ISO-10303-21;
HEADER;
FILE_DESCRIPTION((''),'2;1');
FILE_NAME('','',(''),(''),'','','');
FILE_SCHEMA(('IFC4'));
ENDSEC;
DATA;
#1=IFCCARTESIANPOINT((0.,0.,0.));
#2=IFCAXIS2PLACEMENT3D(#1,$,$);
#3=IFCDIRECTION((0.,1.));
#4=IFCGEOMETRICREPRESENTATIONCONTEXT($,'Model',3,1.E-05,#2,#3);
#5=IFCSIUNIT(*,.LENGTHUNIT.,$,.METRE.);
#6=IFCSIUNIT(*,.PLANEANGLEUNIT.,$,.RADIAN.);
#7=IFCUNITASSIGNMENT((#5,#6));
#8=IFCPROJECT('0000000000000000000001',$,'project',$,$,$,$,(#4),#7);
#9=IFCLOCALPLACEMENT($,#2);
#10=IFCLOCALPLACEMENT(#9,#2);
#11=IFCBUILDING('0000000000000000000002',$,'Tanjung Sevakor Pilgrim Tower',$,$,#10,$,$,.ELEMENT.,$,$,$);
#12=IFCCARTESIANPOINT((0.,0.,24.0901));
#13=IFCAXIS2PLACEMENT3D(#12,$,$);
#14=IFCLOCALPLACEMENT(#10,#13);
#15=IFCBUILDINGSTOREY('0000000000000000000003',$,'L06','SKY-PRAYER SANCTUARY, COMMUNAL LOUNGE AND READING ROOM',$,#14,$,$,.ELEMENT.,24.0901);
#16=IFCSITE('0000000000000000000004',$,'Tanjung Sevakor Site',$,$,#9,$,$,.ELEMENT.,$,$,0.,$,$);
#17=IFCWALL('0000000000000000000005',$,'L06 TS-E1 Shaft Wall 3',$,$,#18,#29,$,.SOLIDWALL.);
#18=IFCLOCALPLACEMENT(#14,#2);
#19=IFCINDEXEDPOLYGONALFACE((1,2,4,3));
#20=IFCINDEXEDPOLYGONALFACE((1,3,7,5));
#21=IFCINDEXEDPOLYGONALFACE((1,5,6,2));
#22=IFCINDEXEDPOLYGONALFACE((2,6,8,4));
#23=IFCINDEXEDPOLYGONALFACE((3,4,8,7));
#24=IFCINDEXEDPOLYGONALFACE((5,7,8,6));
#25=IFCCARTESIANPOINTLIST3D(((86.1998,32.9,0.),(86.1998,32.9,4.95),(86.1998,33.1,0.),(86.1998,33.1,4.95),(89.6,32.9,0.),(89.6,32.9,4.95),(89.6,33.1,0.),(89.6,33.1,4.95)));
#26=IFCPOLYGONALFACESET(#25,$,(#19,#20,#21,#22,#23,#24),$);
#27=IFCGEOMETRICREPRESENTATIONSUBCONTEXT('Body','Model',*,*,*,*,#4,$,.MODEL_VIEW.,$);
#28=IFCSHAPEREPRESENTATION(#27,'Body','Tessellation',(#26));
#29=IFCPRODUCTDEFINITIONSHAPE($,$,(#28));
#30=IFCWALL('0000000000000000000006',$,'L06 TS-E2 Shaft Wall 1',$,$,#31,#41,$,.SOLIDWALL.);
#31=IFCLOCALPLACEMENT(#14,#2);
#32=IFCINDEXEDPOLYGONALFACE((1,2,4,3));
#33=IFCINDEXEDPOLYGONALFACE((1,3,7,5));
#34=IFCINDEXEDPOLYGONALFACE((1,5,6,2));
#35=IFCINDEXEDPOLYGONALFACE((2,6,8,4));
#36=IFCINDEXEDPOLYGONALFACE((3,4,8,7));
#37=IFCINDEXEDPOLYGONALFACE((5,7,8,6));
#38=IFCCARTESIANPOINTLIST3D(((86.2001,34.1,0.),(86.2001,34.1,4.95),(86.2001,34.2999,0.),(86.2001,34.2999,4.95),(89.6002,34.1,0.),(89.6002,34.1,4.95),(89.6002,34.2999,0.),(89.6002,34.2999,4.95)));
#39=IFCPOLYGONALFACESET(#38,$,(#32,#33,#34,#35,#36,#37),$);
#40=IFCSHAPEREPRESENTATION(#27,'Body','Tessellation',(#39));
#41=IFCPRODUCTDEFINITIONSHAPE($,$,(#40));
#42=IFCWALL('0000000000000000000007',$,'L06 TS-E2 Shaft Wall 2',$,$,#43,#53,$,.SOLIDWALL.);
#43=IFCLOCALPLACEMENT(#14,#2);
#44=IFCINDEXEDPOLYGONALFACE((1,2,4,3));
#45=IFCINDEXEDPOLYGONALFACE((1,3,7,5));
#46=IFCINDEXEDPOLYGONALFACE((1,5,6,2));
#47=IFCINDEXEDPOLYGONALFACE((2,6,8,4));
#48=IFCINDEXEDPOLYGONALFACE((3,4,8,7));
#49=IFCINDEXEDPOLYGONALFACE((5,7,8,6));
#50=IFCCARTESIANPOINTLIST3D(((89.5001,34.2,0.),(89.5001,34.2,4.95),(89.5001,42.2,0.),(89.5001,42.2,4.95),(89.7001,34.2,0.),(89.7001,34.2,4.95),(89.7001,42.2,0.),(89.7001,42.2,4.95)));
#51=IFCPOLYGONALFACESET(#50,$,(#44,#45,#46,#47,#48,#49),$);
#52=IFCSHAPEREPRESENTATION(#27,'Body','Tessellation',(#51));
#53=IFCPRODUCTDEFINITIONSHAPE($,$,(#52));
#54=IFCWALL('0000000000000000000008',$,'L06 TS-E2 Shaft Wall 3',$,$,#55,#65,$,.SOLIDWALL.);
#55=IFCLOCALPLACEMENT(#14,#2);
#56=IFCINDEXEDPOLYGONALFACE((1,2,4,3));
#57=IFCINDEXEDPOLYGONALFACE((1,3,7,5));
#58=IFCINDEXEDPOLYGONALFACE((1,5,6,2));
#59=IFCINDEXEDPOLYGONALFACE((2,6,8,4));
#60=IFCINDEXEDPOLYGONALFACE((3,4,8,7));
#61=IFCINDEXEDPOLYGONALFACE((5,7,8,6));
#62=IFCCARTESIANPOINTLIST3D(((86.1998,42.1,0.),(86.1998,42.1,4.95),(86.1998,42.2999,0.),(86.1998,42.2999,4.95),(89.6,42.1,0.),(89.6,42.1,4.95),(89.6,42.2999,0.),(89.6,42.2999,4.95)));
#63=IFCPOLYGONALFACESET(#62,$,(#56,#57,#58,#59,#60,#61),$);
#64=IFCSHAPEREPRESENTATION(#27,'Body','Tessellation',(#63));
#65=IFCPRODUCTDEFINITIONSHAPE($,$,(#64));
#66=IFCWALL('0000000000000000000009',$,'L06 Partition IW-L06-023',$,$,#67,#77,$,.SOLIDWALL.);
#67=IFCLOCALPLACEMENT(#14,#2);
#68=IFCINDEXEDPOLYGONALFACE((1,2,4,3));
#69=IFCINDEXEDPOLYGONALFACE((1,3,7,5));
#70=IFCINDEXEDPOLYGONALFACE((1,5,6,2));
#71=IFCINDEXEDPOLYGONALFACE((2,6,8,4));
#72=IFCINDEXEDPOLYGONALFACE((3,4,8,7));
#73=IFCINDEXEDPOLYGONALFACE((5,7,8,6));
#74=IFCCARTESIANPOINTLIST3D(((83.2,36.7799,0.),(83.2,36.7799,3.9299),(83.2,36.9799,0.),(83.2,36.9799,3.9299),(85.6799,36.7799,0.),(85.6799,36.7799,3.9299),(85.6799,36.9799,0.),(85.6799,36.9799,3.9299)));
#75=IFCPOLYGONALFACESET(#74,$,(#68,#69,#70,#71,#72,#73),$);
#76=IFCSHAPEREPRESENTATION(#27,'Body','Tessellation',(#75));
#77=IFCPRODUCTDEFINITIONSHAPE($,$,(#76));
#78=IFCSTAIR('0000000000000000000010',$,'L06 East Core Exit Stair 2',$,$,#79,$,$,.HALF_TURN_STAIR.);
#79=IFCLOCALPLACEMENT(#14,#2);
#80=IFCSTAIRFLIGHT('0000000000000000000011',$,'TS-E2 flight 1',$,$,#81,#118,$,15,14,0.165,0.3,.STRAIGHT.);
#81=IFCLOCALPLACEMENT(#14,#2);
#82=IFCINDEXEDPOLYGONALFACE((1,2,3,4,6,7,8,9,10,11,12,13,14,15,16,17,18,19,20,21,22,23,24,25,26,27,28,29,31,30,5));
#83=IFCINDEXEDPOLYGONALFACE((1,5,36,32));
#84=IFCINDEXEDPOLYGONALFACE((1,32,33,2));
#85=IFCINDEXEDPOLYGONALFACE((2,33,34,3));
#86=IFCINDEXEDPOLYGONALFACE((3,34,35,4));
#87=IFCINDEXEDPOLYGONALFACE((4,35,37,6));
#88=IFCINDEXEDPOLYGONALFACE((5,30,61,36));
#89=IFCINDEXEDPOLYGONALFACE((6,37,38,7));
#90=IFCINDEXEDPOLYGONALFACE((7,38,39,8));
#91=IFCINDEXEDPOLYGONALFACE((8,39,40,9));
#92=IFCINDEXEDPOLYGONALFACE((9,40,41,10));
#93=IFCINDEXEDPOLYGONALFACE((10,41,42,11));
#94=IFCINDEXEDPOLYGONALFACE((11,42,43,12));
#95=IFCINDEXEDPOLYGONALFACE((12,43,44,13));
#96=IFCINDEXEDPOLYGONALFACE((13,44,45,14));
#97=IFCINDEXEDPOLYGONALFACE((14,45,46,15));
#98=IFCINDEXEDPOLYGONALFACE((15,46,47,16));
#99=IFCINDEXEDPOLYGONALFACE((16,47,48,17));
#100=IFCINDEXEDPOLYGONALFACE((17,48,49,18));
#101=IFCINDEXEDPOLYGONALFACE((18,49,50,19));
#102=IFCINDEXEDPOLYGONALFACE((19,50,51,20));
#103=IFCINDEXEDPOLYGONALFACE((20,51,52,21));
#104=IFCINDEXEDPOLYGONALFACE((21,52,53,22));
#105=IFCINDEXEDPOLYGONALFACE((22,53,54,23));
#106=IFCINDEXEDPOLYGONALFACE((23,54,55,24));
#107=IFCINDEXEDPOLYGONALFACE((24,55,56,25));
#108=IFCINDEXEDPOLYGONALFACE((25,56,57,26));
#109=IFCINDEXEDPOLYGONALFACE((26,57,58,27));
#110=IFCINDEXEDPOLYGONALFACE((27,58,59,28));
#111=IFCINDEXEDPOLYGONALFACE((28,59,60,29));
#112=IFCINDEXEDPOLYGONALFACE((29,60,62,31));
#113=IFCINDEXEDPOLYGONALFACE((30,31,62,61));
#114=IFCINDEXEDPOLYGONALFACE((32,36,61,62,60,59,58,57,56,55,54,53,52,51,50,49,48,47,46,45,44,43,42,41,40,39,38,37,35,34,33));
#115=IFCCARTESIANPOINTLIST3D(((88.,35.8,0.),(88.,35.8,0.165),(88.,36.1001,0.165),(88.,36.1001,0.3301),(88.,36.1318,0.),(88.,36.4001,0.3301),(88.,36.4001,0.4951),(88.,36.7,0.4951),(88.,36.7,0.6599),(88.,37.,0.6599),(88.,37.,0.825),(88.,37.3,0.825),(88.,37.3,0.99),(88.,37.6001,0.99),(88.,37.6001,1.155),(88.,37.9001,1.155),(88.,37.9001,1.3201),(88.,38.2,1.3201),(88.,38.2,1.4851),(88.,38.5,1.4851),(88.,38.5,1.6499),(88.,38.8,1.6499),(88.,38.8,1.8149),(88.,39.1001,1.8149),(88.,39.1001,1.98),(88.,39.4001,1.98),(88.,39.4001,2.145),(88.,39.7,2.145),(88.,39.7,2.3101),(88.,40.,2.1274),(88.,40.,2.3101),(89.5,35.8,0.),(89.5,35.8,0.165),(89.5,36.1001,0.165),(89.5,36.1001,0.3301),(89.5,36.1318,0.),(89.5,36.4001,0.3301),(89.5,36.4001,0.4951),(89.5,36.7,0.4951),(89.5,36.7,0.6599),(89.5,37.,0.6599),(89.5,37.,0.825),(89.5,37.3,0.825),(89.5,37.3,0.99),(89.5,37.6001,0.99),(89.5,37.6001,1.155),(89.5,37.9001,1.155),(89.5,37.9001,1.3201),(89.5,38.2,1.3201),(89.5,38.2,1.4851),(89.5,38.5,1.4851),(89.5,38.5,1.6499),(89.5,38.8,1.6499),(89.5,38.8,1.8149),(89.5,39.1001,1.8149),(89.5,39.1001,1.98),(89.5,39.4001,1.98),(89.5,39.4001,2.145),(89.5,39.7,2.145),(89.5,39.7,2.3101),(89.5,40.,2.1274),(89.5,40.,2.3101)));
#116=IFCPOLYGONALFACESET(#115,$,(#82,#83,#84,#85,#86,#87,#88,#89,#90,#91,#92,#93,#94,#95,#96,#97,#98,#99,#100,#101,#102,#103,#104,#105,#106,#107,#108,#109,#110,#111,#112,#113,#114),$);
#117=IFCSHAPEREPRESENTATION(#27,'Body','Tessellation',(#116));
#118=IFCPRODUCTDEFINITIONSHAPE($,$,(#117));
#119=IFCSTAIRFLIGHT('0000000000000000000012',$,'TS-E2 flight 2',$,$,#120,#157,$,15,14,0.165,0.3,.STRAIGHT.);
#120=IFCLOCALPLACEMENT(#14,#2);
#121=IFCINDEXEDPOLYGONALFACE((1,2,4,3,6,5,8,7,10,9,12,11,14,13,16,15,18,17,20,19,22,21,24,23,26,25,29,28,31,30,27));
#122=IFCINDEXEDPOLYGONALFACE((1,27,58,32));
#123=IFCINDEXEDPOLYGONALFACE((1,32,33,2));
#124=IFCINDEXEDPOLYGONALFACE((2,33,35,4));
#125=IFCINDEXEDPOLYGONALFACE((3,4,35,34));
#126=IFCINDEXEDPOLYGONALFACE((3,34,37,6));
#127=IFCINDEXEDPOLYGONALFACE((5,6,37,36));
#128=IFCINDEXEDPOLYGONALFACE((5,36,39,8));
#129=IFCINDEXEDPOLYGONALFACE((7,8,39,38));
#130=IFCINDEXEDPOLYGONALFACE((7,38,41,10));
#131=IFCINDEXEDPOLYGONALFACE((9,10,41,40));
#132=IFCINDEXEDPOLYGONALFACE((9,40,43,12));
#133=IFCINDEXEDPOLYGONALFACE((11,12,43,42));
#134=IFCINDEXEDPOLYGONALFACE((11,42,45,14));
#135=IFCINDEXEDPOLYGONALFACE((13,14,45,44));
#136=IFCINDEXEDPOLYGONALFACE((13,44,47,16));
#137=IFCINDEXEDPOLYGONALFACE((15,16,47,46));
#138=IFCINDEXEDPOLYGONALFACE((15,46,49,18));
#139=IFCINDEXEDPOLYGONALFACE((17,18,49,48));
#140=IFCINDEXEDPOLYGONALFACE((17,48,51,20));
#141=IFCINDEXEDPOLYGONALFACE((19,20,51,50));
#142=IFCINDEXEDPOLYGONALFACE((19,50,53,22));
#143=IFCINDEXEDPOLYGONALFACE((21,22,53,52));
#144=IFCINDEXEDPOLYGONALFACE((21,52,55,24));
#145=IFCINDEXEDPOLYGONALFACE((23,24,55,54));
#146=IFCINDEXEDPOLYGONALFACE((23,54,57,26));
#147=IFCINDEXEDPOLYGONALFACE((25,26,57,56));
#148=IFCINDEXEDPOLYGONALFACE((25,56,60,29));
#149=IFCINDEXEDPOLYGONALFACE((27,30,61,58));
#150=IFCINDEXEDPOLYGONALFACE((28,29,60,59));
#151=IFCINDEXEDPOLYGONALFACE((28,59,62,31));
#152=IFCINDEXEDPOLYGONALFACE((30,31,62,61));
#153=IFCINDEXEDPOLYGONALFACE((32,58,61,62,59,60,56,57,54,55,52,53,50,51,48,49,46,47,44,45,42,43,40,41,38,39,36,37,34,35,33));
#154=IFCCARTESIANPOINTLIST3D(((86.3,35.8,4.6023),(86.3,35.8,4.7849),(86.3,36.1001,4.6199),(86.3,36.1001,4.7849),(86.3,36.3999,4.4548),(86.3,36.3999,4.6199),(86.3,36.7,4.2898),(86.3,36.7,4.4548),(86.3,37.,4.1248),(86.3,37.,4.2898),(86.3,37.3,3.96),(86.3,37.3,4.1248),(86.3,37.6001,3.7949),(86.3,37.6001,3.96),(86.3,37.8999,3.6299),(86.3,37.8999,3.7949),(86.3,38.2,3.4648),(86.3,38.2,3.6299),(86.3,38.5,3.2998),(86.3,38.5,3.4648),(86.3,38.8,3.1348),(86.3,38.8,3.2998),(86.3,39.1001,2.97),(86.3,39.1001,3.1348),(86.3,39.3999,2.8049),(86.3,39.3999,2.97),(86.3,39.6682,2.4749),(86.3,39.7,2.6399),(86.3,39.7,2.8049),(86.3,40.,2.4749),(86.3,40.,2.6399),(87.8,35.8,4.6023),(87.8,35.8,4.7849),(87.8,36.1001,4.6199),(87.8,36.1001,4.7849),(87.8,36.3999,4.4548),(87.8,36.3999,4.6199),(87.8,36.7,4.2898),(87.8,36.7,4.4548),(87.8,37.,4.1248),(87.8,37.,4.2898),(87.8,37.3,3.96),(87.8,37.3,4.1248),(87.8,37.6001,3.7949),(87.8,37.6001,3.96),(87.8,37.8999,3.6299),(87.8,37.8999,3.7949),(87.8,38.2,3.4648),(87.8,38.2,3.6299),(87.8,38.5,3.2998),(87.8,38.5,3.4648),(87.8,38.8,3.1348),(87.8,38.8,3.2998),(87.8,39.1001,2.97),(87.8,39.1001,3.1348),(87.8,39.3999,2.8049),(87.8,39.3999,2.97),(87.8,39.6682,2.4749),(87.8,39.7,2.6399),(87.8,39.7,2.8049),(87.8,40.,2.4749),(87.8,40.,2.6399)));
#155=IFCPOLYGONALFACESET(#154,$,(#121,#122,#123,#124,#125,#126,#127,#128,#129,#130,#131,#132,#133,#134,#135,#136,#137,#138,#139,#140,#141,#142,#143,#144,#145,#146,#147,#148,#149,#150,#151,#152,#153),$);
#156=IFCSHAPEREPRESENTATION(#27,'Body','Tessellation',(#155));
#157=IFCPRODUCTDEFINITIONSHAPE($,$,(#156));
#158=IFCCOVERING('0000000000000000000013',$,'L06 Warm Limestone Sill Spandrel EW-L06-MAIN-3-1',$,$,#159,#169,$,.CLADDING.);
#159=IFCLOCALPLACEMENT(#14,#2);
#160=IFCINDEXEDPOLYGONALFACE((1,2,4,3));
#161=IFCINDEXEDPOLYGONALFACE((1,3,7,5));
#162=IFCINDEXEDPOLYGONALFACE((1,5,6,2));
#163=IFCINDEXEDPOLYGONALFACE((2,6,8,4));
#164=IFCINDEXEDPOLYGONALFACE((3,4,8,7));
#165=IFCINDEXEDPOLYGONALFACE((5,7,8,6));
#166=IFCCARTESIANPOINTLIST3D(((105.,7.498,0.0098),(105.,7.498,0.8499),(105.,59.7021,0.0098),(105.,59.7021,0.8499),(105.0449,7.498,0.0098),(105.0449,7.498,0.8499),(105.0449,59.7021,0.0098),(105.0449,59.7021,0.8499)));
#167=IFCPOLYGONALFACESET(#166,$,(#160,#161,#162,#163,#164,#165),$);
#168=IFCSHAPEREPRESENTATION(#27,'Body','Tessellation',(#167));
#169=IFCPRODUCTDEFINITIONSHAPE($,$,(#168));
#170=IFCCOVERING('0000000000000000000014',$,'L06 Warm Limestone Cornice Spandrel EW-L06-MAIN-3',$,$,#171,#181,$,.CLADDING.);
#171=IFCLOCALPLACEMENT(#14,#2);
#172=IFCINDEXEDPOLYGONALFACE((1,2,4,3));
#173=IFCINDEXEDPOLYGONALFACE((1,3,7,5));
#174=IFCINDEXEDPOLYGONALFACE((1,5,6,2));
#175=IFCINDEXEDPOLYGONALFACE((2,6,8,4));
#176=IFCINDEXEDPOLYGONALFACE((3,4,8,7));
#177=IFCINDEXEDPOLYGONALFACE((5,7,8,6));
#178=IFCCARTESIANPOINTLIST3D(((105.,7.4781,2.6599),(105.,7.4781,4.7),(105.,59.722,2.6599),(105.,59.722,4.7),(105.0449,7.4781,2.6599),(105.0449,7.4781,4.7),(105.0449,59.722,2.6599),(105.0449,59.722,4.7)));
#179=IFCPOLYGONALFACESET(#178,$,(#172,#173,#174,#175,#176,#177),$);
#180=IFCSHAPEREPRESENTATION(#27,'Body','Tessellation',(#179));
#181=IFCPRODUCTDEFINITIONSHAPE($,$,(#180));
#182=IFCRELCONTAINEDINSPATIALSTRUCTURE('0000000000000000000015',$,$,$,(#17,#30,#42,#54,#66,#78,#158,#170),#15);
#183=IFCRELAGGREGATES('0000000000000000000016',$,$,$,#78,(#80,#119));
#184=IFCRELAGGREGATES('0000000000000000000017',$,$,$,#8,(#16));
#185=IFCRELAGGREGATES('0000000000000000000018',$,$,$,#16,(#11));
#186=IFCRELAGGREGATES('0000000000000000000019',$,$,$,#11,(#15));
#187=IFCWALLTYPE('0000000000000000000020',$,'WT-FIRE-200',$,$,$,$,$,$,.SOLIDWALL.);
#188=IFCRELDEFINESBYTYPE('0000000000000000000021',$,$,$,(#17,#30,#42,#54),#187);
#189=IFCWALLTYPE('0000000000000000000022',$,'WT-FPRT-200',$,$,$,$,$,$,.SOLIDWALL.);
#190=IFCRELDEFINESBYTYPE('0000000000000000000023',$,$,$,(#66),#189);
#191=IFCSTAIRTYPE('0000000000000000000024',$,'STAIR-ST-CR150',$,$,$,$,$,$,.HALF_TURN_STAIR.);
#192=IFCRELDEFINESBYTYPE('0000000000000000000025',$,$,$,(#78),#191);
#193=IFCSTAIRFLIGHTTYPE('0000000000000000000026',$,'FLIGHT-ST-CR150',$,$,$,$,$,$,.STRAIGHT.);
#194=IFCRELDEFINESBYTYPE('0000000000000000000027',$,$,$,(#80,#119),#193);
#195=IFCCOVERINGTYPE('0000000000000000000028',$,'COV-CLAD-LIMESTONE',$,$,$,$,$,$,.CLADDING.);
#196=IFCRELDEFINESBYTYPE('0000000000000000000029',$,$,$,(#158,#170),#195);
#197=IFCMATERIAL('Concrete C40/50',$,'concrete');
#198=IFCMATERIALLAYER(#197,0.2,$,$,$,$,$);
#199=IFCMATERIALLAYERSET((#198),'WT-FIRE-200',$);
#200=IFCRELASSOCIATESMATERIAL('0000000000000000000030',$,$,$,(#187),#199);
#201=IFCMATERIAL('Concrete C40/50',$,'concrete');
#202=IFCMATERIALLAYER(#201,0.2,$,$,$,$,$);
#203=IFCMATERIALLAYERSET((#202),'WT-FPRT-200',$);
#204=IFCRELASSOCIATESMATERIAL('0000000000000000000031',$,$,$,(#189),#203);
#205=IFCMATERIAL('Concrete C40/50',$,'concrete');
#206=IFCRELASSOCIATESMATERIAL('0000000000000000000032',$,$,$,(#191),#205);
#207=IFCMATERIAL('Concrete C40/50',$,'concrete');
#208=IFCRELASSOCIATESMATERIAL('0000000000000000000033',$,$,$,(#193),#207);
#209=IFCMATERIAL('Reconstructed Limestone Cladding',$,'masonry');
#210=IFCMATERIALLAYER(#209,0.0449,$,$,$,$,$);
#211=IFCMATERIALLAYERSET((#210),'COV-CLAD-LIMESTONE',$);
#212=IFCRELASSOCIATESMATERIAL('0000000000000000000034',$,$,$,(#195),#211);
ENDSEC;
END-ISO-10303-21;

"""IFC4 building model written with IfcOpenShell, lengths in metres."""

from ifc_helpers import new_model, si_unit, direction, frame, frame_2d, origin, origin_2d, place, context, subcontext, project, spatial, polyline, rectangle, outline, extrude, material, layer, layer_set, type_object, element, aggregate, save


model = new_model("IFC4")

# Units and contexts
model_context = context("Model", 3, precision=1e-05, world=origin(), true_north=direction((0.0, 1.0)))
body_context = subcontext(model_context, "Body", "Model", "MODEL_VIEW")
ifc_project = project(units=[si_unit("LENGTHUNIT", "METRE"), si_unit("PLANEANGLEUNIT", "RADIAN")], contexts=[model_context])

# Site, building, storey
site_placement = place(None, origin())
site = spatial("IfcSite", under=ifc_project, at=site_placement, Name="Tanjung Sevakor Site", CompositionType="ELEMENT", RefElevation=0.0)
building_placement = place(site_placement, origin())
building = spatial("IfcBuilding", under=site, at=building_placement, Name="Tanjung Sevakor Pilgrim Tower", CompositionType="ELEMENT")
storey_placement = place(building_placement, frame((0.0, 0.0, 24.0901)))
storey = spatial("IfcBuildingStorey", under=building, at=storey_placement, Name="L06", Description="SKY-PRAYER SANCTUARY, COMMUNAL LOUNGE AND READING ROOM", CompositionType="ELEMENT", Elevation=24.0901)

# Walls
ifc_material_1 = material(Name="Concrete C40/50", Category="concrete")
ifc_layer_1 = layer(ifc_material_1, 0.2)
ifc_layer_set_1 = layer_set([ifc_layer_1], Name="WT-FIRE-200")
wall_type_1 = type_object("IfcWallType", Name="WT-FIRE-200", PredefinedType="SOLIDWALL", material=ifc_layer_set_1)
for number, where, z_axis, x_axis, name in (
    (1, (89.6001, 33.0, 0.0), (0.0, 0.0, 1.0), (-1.0, 0.0, 0.0), "L06 TS-E1 Shaft Wall 3"),
    (2, (86.2, 34.2, 0.0), (0.0, 0.0, 1.0), (1.0, 0.0, 0.0), "L06 TS-E2 Shaft Wall 1"),
):
    element("IfcWall", number, at=place(storey_placement, frame(where, z_axis=z_axis, x_axis=x_axis)), inside=storey, type_object=wall_type_1, Name=name, PredefinedType="SOLIDWALL", context=body_context, shape_type="SweptSolid", body=[
        extrude(rectangle(XDim=3.4001, YDim=0.2, at=frame_2d((1.7002, 0.0))), origin(), (0.0, 0.0, 1.0), 4.95),
    ])
wall_1_placement = place(storey_placement, frame((89.6001, 34.2, 0.0), z_axis=(0.0, 0.0, 1.0), x_axis=(0.0, 1.0, 0.0)))
element("IfcWall", 3, at=wall_1_placement, inside=storey, type_object=wall_type_1, Name="L06 TS-E2 Shaft Wall 2", PredefinedType="SOLIDWALL", context=body_context, shape_type="SweptSolid", body=[
    extrude(rectangle(XDim=8.0, YDim=0.2, at=frame_2d((4.0, 0.0))), origin(), (0.0, 0.0, 1.0), 4.95),
])
wall_2_placement = place(storey_placement, frame((89.6001, 42.2, 0.0), z_axis=(0.0, 0.0, 1.0), x_axis=(-1.0, 0.0, 0.0)))
element("IfcWall", 4, at=wall_2_placement, inside=storey, type_object=wall_type_1, Name="L06 TS-E2 Shaft Wall 3", PredefinedType="SOLIDWALL", context=body_context, shape_type="SweptSolid", body=[
    extrude(rectangle(XDim=3.4001, YDim=0.2, at=frame_2d((1.7002, 0.0))), origin(), (0.0, 0.0, 1.0), 4.95),
])
ifc_material_2 = material(Name="Concrete C40/50", Category="concrete")
ifc_layer_2 = layer(ifc_material_2, 0.2)
ifc_layer_set_2 = layer_set([ifc_layer_2], Name="WT-FPRT-200")
wall_type_2 = type_object("IfcWallType", Name="WT-FPRT-200", PredefinedType="SOLIDWALL", material=ifc_layer_set_2)
wall_3_placement = place(storey_placement, frame((83.2, 36.8799, 0.0), z_axis=(0.0, 0.0, 1.0), x_axis=(1.0, 0.0, 0.0)))
element("IfcWall", 5, at=wall_3_placement, inside=storey, type_object=wall_type_2, Name="L06 Partition IW-L06-023", PredefinedType="SOLIDWALL", context=body_context, shape_type="SweptSolid", body=[
    extrude(rectangle(XDim=2.48, YDim=0.2, at=frame_2d((1.24, 0.0))), origin(), (0.0, 0.0, 1.0), 3.9299),
])

# Stair, stair flights
ifc_material_3 = material(Name="Concrete C40/50", Category="concrete")
stair_type = type_object("IfcStairType", Name="STAIR-ST-CR150", PredefinedType="HALF_TURN_STAIR", material=ifc_material_3)
stair_placement = place(storey_placement, origin())
stair = element("IfcStair", 6, at=stair_placement, inside=storey, type_object=stair_type, Name="L06 East Core Exit Stair 2", PredefinedType="HALF_TURN_STAIR")
ifc_material_4 = material(Name="Concrete C40/50", Category="concrete")
stair_flight_type = type_object("IfcStairFlightType", Name="FLIGHT-ST-CR150", PredefinedType="STRAIGHT", material=ifc_material_4)
stair_flight_1_placement = place(storey_placement, frame((88.75, 35.8, 0.0), z_axis=(0.0, 0.0, 1.0), x_axis=(0.0, 1.0, 0.0)))
stair_flight_1 = element("IfcStairFlight", 7, at=stair_flight_1_placement, type_object=stair_flight_type, Name="TS-E2 flight 1", NumberOfRisers=15, NumberOfTreads=14, PredefinedType="STRAIGHT", RiserHeight=0.165, TreadLength=0.3, context=body_context, shape_type="SweptSolid", body=[
    extrude(outline(polyline([(0.0, 0.0), (0.0, 0.165), (0.3, 0.165), (0.3, 0.3301), (0.6001, 0.3301), (0.6001, 0.4951), (0.8999, 0.4951), (0.8999, 0.6599), (1.2, 0.6599), (1.2, 0.825), (1.5, 0.825), (1.5, 0.99), (1.8, 0.99), (1.8, 1.155), (2.1001, 1.155), (2.1001, 1.3201), (2.3999, 1.3201), (2.3999, 1.4851), (2.7, 1.4851), (2.7, 1.6499), (3.0, 1.6499), (3.0, 1.8149), (3.3, 1.8149), (3.3, 1.98), (3.6001, 1.98), (3.6001, 2.145), (3.8999, 2.145), (3.8999, 2.3101), (4.2, 2.3101), (4.2, 2.4751), (4.2, 2.1274), (0.3318, 0.0), (0.0, 0.0)])), frame((0.0, 0.75, 0.0), z_axis=(0.0, -1.0, 0.0), x_axis=(1.0, 0.0, 0.0)), (0.0, 0.0, 1.0), 1.5),
])
stair_flight_2_placement = place(storey_placement, frame((87.05, 40.0, 2.4749), z_axis=(0.0, 0.0, 1.0), x_axis=(0.0, -1.0, 0.0)))
stair_flight_2 = element("IfcStairFlight", 8, at=stair_flight_2_placement, type_object=stair_flight_type, Name="TS-E2 flight 2", NumberOfRisers=15, NumberOfTreads=14, PredefinedType="STRAIGHT", RiserHeight=0.165, TreadLength=0.3, context=body_context, shape_type="SweptSolid", body=[
    extrude(outline(polyline([(0.0, 0.0), (0.0, 0.165), (0.3, 0.165), (0.3, 0.3301), (0.6001, 0.3301), (0.6001, 0.4951), (0.8999, 0.4951), (0.8999, 0.6599), (1.2, 0.6599), (1.2, 0.825), (1.5, 0.825), (1.5, 0.99), (1.8, 0.99), (1.8, 1.155), (2.1001, 1.155), (2.1001, 1.3201), (2.3999, 1.3201), (2.3999, 1.4851), (2.7, 1.4851), (2.7, 1.6499), (3.0, 1.6499), (3.0, 1.8149), (3.3, 1.8149), (3.3, 1.98), (3.6001, 1.98), (3.6001, 2.145), (3.8999, 2.145), (3.8999, 2.3101), (4.2, 2.3101), (4.2, 2.4751), (4.2, 2.1274), (0.3318, 0.0), (0.0, 0.0)])), frame((0.0, 0.75, 0.0), z_axis=(0.0, -1.0, 0.0), x_axis=(1.0, 0.0, 0.0)), (0.0, 0.0, 1.0), 1.5),
])
aggregate(stair, [stair_flight_1, stair_flight_2])

# Coverings
ifc_material_5 = material(Name="Reconstructed Limestone Cladding", Category="masonry")
ifc_layer_3 = layer(ifc_material_5, 0.0449)
ifc_layer_set_3 = layer_set([ifc_layer_3], Name="COV-CLAD-LIMESTONE")
covering_type = type_object("IfcCoveringType", Name="COV-CLAD-LIMESTONE", PredefinedType="CLADDING", material=ifc_layer_set_3)
covering_1_placement = place(storey_placement, frame((105.0225, 33.6001, 0.0098), z_axis=(0.0, 0.0, 1.0), x_axis=(0.0, 1.0, 0.0)))
element("IfcCovering", 9, at=covering_1_placement, inside=storey, type_object=covering_type, Name="L06 Warm Limestone Sill Spandrel EW-L06-MAIN-3-1", PredefinedType="CLADDING", context=body_context, shape_type="SweptSolid", body=[
    extrude(rectangle(XDim=52.2041, YDim=0.0449, at=origin_2d()), origin(), (0.0, 0.0, 1.0), 0.8401),
])
covering_2_placement = place(storey_placement, frame((105.0225, 33.6001, 2.6599), z_axis=(0.0, 0.0, 1.0), x_axis=(0.0, 1.0, 0.0)))
element("IfcCovering", 10, at=covering_2_placement, inside=storey, type_object=covering_type, Name="L06 Warm Limestone Cornice Spandrel EW-L06-MAIN-3", PredefinedType="CLADDING", context=body_context, shape_type="SweptSolid", body=[
    extrude(rectangle(XDim=52.2439, YDim=0.0449, at=origin_2d()), origin(), (0.0, 0.0, 1.0), 2.04),
])

save(model, "model.ifc")
